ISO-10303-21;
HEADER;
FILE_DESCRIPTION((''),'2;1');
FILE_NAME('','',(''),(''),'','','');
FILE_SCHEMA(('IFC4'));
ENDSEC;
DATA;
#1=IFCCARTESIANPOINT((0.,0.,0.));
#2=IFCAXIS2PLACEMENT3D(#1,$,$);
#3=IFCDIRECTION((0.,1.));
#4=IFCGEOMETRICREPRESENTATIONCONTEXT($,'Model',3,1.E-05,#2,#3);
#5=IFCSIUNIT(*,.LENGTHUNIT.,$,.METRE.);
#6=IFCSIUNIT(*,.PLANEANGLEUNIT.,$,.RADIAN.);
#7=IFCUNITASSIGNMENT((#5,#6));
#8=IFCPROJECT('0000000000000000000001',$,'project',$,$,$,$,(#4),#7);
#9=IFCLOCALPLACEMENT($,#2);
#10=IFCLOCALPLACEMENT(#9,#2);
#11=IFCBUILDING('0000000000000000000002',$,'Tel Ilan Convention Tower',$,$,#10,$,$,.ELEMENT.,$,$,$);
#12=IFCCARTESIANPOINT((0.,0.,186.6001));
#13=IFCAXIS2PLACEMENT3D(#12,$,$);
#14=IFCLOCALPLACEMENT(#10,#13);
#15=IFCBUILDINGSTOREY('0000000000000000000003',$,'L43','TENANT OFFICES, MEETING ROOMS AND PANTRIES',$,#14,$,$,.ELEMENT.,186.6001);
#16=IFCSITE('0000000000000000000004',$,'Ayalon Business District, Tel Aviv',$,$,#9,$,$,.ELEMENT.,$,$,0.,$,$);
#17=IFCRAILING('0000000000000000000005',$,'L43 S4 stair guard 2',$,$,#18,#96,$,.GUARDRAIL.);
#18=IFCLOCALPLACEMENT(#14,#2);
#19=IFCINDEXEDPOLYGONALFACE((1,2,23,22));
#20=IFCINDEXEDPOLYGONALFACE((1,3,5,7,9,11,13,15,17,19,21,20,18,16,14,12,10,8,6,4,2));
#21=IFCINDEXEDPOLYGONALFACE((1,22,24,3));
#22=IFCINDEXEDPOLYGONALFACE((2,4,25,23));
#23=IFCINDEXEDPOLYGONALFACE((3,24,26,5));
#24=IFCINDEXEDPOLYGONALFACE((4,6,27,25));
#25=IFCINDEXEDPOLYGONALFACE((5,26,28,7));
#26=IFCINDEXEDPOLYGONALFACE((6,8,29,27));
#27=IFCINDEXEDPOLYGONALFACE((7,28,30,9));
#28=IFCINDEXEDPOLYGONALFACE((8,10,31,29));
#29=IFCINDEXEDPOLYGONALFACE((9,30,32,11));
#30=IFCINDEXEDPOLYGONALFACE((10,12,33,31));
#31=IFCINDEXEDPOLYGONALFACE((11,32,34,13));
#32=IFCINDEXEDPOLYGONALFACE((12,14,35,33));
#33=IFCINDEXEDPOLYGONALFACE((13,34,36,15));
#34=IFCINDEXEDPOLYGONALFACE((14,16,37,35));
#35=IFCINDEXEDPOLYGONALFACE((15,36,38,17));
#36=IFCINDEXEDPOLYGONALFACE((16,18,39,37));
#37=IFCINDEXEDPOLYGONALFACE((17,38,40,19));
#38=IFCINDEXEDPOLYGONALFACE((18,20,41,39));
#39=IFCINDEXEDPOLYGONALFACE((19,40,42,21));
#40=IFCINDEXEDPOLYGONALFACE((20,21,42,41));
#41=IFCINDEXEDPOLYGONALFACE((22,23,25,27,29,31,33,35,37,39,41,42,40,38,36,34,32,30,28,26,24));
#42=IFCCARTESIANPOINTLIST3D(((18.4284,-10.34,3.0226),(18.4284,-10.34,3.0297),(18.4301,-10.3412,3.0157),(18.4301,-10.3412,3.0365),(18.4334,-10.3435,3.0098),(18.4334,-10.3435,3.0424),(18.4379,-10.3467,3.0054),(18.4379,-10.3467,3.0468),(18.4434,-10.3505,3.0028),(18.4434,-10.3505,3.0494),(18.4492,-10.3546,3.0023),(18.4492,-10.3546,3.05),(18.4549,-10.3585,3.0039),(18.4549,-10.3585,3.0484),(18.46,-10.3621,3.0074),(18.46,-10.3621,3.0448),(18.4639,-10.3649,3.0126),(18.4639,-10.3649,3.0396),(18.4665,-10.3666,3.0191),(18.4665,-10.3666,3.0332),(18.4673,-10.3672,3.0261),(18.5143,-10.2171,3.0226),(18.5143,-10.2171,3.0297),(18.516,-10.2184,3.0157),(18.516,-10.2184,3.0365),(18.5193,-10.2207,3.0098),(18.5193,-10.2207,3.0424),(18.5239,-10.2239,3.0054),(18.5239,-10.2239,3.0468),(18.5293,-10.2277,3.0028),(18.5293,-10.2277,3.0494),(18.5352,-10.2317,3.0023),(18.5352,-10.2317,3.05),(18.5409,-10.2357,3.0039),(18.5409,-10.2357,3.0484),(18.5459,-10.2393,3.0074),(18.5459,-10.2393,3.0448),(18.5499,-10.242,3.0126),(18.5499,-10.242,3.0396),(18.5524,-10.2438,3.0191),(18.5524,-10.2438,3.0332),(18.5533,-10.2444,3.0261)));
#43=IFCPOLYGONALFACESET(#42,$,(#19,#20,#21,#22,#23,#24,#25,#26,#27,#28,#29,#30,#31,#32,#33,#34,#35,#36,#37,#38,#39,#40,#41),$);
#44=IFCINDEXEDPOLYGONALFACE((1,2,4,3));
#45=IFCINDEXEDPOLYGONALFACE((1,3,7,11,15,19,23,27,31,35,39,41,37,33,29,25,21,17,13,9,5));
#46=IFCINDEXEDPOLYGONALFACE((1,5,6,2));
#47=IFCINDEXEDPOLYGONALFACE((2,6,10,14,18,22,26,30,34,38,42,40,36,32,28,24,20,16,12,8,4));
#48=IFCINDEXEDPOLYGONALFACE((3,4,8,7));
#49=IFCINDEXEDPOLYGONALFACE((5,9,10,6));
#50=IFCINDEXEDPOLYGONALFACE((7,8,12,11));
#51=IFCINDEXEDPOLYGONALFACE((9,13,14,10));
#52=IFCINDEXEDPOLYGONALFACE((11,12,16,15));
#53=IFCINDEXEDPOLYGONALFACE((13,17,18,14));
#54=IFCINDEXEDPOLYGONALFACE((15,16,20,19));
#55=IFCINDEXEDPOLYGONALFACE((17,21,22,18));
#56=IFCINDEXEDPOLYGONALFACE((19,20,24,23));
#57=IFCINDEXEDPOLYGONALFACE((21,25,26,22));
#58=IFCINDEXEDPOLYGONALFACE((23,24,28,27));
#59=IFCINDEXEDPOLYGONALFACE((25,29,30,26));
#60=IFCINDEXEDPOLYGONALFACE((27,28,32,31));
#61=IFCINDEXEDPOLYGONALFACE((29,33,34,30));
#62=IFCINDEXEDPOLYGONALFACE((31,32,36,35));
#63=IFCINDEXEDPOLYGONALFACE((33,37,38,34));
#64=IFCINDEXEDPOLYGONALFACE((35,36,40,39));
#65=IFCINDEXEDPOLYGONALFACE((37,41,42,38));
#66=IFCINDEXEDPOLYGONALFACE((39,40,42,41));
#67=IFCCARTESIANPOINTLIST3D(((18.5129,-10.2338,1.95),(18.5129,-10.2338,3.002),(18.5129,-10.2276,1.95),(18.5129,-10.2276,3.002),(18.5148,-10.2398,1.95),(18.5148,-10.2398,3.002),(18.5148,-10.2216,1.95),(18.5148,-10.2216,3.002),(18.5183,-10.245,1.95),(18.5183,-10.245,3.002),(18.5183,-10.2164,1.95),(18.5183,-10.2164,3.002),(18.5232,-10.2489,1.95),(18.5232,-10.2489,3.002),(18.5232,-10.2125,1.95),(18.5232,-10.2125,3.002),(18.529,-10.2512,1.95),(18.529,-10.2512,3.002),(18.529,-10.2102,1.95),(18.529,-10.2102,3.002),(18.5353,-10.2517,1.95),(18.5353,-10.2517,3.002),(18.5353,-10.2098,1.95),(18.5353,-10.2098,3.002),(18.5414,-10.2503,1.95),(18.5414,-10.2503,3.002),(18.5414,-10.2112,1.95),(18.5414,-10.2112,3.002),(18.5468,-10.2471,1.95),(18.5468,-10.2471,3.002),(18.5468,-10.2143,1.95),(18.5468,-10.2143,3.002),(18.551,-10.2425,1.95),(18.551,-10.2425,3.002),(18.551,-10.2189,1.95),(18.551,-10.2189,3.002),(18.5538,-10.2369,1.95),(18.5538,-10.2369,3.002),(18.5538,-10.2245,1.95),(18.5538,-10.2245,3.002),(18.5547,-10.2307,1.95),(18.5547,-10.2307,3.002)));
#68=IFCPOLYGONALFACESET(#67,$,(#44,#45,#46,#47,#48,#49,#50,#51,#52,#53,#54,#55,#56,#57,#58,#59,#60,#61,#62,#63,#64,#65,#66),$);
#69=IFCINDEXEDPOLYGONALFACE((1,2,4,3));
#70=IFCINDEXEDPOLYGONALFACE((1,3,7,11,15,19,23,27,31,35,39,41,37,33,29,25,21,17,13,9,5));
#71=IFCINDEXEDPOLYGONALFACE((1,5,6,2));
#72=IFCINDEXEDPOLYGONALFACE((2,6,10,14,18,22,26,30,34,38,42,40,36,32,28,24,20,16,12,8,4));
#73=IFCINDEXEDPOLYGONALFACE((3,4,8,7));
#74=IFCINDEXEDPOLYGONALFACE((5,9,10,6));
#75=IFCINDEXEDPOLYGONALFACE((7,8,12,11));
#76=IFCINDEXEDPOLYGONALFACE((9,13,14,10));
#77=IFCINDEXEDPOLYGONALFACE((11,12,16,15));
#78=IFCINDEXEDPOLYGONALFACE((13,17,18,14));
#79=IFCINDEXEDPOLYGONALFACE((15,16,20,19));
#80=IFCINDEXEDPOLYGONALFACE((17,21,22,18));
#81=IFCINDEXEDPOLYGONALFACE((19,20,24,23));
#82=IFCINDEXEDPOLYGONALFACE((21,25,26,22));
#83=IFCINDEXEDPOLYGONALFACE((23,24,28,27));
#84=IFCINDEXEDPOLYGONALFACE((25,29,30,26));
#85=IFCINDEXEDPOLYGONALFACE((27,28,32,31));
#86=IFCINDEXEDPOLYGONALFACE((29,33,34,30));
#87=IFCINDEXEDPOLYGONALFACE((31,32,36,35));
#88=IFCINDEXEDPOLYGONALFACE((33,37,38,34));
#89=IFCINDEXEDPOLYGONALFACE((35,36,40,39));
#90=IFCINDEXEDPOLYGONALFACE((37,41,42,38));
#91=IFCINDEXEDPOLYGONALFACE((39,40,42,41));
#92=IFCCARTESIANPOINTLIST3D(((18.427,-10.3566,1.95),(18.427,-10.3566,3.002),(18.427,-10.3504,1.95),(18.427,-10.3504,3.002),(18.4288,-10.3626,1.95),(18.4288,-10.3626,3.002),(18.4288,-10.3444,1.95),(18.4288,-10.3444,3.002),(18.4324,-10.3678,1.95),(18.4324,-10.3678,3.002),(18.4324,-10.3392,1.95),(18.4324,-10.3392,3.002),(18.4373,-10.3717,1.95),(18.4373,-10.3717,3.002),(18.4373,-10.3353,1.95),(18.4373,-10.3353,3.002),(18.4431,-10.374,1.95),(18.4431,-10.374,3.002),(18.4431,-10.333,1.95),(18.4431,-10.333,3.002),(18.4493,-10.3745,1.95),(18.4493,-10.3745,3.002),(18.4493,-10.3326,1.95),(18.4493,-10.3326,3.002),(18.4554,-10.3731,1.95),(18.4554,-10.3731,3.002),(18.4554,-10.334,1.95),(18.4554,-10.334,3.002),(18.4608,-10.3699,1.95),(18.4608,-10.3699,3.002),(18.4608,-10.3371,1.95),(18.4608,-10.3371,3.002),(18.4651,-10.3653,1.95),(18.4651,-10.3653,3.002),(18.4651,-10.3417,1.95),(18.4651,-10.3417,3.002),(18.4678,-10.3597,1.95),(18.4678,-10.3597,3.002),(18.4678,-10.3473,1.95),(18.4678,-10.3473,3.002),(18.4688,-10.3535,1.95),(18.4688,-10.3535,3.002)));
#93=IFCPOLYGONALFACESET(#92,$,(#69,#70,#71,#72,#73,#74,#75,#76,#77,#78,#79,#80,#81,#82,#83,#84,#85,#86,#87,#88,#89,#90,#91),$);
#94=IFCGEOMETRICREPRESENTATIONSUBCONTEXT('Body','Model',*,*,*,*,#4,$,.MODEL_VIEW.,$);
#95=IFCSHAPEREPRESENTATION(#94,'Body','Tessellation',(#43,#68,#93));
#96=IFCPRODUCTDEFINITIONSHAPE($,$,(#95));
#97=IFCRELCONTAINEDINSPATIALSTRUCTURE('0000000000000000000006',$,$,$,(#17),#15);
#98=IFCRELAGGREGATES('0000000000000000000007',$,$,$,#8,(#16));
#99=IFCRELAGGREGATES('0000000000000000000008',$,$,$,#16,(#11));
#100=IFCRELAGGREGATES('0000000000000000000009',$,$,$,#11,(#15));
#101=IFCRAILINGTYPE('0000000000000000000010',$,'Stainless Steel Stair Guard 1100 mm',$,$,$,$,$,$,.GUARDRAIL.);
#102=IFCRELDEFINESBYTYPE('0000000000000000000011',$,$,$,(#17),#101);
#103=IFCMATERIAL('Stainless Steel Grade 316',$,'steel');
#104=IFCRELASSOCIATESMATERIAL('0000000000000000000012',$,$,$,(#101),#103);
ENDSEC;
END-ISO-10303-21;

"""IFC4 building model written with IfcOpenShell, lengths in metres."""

from ifc_helpers import new_model, si_unit, direction, frame, origin, origin_2d, place, context, subcontext, project, spatial, circle, extrude, material, type_object, element, save


model = new_model("IFC4")

# Units and contexts
model_context = context("Model", 3, precision=1e-05, world=origin(), true_north=direction((0.0, 1.0)))
body_context = subcontext(model_context, "Body", "Model", "MODEL_VIEW")
ifc_project = project(units=[si_unit("LENGTHUNIT", "METRE"), si_unit("PLANEANGLEUNIT", "RADIAN")], contexts=[model_context])

# Site, building, storey
site_placement = place(None, origin())
site = spatial("IfcSite", under=ifc_project, at=site_placement, Name="Ayalon Business District, Tel Aviv", CompositionType="ELEMENT", RefElevation=0.0)
building_placement = place(site_placement, origin())
building = spatial("IfcBuilding", under=site, at=building_placement, Name="Tel Ilan Convention Tower", CompositionType="ELEMENT")
storey_placement = place(building_placement, frame((0.0, 0.0, 186.6001)))
storey = spatial("IfcBuildingStorey", under=building, at=storey_placement, Name="L43", Description="TENANT OFFICES, MEETING ROOMS AND PANTRIES", CompositionType="ELEMENT", Elevation=186.6001)

# Railing
ifc_material_1 = material(Name="Stainless Steel Grade 316", Category="steel")
railing_type_1 = type_object("IfcRailingType", Name="Stainless Steel Stair Guard 1100 mm", PredefinedType="GUARDRAIL", material=ifc_material_1)
railing_1_placement = place(storey_placement, frame((18.5337, -10.2307, 1.95)))
element("IfcRailing", 1, at=railing_1_placement, inside=storey, type_object=railing_type_1, Name="L43 S4 stair guard 2", PredefinedType="GUARDRAIL", context=body_context, shape_type="SweptSolid", body=[
    extrude(circle(Radius=0.0239, at=origin_2d()), frame((0.0, 0.0, 1.0762), z_axis=(-0.573353, -0.819308, 0.0), x_axis=(0.819308, -0.573353, 0.0)), (0.0, 0.0, 1.0), 0.1499),
    extrude(circle(Radius=0.021, at=origin_2d()), origin(), (0.0, 0.0, 1.0), 1.052),
    extrude(circle(Radius=0.021, at=origin_2d()), frame((-0.0859, -0.1228, 0.0)), (0.0, 0.0, 1.0), 1.052),
])

save(model, "model.ifc")
